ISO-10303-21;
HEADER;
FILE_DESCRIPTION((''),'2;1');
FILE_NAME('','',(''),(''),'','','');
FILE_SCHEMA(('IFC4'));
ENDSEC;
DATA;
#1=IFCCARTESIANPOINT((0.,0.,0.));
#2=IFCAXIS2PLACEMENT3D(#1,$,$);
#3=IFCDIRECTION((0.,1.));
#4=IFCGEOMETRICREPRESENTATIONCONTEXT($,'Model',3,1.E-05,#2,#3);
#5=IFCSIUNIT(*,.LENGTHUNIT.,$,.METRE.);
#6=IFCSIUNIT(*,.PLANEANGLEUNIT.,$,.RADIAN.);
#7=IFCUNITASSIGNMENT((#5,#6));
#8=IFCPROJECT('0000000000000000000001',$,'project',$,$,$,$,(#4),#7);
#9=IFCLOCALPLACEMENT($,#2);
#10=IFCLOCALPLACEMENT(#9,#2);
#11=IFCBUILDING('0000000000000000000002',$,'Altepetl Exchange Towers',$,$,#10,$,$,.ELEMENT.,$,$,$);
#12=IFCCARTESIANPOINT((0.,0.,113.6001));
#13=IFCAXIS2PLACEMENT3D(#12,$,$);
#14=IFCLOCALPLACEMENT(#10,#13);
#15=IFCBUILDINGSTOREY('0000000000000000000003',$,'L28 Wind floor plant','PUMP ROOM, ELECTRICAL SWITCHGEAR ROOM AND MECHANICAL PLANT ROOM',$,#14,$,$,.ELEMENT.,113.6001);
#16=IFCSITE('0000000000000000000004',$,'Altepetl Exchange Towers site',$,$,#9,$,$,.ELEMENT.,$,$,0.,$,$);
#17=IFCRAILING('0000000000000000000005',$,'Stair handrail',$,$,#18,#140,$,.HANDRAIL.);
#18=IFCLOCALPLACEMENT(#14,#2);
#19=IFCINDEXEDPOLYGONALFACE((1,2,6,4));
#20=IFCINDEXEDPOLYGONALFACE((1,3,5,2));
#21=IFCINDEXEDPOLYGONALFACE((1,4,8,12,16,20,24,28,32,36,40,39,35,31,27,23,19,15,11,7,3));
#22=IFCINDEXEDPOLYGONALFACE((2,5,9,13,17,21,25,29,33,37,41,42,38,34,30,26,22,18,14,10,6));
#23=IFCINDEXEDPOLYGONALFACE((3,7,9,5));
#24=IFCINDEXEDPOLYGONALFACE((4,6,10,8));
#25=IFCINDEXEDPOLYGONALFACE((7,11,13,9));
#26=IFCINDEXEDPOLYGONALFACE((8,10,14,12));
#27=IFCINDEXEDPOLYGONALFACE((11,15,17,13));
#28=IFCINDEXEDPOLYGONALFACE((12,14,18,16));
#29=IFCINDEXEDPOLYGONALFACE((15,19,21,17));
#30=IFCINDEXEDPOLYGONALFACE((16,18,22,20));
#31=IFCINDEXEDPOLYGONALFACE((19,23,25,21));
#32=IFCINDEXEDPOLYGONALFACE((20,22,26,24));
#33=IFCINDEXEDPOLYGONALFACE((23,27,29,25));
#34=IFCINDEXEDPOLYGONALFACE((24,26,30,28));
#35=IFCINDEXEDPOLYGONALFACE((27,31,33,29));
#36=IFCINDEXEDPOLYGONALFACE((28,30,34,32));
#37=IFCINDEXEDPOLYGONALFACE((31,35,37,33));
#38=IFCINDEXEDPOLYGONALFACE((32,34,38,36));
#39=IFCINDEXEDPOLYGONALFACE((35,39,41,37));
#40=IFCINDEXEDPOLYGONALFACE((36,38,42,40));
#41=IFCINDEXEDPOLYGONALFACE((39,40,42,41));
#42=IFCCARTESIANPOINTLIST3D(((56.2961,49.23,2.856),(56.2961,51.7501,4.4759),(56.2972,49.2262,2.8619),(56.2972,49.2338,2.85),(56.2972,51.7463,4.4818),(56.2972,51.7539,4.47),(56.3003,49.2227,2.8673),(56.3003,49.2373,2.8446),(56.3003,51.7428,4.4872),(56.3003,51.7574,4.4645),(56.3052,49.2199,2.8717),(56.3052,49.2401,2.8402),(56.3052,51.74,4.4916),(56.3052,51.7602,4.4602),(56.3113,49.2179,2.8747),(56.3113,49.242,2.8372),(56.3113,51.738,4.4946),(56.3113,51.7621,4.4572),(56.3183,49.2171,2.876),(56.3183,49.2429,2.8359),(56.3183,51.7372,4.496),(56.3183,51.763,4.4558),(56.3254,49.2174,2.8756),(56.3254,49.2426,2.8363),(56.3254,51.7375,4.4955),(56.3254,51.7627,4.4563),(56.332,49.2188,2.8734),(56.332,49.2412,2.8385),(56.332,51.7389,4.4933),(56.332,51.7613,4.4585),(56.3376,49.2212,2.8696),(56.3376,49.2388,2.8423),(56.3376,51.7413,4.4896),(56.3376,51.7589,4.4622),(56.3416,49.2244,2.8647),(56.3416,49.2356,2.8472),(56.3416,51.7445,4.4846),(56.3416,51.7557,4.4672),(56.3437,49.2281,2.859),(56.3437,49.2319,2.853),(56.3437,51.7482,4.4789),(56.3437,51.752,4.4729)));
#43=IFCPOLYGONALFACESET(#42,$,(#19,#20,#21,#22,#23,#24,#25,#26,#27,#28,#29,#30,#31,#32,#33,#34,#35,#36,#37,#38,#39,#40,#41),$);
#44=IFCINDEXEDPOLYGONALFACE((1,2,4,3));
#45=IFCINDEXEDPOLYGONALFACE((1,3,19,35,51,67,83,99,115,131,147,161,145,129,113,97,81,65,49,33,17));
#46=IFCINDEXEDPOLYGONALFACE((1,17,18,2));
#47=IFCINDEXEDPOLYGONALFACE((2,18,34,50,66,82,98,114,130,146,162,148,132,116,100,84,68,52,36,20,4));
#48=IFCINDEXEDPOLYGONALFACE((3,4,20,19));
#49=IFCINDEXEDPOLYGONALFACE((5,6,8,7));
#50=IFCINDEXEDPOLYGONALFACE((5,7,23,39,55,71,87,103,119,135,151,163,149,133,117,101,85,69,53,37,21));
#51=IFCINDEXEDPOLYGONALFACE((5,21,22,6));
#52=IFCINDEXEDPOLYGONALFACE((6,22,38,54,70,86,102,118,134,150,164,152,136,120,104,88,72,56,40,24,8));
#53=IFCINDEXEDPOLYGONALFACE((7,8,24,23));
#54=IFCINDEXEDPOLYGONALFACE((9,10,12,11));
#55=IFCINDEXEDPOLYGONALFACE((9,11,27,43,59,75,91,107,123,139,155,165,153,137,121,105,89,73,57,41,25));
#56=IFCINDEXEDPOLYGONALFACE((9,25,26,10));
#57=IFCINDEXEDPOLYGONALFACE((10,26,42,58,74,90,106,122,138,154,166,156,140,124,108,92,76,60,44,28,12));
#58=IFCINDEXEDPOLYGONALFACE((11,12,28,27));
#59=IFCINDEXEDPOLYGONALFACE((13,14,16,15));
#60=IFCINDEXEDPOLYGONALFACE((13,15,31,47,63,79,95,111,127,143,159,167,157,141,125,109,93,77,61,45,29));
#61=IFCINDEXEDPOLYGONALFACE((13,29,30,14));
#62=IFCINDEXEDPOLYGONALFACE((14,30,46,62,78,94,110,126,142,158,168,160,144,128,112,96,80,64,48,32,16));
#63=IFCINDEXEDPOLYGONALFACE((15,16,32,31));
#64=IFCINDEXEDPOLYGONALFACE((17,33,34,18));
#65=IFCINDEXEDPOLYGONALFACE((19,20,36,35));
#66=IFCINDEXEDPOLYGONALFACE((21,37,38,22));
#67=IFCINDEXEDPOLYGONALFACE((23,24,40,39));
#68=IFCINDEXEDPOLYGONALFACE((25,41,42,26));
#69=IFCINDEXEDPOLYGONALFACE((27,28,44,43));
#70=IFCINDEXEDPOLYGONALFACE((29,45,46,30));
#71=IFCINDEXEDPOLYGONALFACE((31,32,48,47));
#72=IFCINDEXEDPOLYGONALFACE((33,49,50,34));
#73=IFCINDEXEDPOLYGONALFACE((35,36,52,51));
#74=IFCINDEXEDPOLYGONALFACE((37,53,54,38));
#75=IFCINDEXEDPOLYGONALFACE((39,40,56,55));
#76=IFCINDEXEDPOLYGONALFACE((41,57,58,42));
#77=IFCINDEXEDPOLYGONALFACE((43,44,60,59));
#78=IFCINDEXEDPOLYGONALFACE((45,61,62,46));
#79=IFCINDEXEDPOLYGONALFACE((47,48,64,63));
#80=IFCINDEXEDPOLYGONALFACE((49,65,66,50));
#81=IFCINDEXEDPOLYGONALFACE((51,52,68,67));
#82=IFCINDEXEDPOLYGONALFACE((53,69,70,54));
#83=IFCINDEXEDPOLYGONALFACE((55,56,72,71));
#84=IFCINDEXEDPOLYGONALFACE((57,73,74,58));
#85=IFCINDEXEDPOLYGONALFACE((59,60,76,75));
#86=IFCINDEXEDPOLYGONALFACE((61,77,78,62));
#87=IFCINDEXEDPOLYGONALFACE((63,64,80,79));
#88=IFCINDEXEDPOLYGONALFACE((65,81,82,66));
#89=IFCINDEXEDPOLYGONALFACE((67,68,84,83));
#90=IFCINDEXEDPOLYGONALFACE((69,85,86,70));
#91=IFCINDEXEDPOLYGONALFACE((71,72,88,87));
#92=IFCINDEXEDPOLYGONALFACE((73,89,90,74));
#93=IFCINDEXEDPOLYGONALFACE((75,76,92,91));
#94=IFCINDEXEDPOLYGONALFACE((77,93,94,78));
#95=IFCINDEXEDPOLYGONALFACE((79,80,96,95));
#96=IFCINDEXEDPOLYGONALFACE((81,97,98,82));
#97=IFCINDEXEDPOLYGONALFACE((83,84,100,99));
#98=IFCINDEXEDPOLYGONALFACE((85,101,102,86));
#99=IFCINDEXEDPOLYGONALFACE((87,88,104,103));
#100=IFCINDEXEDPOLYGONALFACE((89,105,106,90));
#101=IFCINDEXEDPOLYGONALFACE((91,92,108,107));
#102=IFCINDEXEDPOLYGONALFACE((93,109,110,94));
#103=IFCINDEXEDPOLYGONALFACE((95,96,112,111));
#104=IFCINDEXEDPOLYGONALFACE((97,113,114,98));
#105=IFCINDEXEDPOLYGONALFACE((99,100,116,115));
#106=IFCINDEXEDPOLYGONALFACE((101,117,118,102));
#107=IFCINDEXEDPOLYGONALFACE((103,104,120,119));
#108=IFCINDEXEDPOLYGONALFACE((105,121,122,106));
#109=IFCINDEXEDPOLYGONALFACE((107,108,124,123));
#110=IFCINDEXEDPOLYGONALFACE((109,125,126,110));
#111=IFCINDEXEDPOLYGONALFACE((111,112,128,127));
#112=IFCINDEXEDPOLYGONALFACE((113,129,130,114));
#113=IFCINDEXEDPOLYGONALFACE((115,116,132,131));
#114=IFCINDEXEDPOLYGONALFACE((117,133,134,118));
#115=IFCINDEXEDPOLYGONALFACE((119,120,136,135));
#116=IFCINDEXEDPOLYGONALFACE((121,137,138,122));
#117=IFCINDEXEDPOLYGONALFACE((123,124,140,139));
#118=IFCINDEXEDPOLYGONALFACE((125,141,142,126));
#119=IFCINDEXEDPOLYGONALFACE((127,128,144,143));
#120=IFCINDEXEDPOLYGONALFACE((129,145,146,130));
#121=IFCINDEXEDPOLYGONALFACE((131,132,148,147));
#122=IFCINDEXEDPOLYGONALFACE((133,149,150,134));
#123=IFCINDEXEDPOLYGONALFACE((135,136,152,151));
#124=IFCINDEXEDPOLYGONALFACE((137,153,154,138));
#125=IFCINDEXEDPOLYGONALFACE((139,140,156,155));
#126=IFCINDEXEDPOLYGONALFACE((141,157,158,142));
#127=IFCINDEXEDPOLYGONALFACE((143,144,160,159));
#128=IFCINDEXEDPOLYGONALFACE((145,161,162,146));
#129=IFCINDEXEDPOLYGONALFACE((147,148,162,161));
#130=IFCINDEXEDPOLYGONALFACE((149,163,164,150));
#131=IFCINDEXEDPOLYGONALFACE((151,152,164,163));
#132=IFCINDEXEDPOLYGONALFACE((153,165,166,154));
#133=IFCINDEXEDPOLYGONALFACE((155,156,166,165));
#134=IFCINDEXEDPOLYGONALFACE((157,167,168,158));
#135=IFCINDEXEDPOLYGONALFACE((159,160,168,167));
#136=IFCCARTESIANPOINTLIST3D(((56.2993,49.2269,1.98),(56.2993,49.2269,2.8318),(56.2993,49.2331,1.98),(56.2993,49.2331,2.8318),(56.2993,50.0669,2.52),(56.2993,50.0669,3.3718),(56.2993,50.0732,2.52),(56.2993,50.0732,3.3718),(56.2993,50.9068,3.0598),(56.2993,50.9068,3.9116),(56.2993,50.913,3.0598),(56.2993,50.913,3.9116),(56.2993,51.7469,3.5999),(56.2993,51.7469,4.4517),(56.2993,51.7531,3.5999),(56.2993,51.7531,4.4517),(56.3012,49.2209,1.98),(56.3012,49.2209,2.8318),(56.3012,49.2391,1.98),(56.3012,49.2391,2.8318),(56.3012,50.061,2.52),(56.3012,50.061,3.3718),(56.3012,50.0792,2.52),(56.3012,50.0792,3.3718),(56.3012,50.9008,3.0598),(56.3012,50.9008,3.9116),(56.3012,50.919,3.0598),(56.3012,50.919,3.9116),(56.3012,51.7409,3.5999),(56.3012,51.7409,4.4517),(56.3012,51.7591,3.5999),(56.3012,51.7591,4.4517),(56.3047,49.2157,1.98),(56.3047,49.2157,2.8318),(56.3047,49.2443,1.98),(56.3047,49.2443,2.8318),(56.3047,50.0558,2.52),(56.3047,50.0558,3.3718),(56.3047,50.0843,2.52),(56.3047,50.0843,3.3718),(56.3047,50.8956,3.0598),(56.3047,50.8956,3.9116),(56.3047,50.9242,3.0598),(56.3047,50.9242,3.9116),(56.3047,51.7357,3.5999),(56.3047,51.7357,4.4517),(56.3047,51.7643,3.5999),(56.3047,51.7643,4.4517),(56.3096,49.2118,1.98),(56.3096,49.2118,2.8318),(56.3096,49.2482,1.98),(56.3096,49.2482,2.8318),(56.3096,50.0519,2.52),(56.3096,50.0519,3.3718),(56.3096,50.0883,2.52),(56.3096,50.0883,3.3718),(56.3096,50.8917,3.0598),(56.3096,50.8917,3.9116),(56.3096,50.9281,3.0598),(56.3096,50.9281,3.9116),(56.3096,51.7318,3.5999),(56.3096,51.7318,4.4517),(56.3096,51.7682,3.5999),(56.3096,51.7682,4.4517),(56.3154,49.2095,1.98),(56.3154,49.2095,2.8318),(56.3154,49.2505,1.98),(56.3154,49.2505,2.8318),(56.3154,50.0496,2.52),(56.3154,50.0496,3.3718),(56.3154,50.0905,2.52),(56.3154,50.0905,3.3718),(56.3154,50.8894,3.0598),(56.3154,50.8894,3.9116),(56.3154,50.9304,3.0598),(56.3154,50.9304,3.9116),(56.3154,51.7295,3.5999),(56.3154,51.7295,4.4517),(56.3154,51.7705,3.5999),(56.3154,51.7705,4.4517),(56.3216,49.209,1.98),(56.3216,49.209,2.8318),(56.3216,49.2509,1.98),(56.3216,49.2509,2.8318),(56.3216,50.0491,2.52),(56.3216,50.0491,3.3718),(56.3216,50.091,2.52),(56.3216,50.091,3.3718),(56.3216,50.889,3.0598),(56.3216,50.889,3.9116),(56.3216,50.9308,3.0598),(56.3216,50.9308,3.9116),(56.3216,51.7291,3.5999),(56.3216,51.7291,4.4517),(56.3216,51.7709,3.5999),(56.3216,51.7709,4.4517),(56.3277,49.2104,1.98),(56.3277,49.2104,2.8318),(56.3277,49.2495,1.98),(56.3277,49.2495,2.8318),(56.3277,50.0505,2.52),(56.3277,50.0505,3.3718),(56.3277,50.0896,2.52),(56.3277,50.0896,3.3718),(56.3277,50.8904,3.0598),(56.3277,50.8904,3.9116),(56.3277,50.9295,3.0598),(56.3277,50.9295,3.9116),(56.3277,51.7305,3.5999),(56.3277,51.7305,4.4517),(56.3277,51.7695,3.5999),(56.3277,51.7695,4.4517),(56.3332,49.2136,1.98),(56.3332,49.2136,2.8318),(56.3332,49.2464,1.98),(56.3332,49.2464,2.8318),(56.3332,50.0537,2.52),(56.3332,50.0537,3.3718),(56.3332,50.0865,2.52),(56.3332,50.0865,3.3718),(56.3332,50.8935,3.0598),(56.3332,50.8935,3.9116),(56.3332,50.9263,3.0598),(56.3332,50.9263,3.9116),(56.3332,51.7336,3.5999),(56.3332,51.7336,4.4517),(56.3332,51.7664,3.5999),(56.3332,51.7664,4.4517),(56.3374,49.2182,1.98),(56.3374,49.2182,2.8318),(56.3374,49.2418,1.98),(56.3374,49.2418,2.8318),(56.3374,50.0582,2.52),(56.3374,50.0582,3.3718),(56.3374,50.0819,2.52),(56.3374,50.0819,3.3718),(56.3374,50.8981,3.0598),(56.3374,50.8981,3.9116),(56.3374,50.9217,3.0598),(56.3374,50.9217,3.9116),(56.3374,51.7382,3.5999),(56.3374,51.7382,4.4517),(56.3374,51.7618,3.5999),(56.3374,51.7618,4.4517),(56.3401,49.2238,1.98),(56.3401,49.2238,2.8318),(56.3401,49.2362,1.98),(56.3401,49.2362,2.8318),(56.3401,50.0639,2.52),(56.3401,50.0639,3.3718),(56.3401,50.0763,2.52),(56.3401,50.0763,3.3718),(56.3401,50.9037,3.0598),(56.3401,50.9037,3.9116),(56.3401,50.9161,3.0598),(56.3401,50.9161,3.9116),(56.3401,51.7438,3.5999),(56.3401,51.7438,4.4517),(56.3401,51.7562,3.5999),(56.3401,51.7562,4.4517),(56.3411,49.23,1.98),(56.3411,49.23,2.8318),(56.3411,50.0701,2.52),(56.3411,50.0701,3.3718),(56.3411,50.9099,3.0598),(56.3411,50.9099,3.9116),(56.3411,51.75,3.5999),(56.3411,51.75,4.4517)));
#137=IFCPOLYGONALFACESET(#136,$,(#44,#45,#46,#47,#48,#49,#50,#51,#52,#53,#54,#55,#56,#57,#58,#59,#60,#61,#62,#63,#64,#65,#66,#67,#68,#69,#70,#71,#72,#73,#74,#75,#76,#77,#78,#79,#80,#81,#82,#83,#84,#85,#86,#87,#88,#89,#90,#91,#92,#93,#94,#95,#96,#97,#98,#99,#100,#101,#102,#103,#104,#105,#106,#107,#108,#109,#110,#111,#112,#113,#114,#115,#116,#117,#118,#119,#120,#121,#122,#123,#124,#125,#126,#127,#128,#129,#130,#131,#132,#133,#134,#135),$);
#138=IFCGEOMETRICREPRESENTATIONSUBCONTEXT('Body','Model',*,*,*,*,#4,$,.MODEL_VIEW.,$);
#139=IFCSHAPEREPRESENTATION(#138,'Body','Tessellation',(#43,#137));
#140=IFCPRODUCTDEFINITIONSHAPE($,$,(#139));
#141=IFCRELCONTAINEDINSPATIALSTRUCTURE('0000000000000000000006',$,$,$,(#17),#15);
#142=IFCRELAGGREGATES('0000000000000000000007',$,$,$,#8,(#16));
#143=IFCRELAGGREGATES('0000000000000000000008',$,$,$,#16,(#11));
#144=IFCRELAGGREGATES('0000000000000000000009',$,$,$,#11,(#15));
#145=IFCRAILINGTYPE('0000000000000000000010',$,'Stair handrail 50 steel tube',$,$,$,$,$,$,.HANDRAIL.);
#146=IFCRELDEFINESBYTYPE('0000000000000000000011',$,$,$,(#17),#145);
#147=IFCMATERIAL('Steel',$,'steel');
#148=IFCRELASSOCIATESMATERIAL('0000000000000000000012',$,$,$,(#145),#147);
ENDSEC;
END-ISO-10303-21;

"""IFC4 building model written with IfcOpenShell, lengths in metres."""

from ifc_helpers import new_model, si_unit, direction, frame, origin, origin_2d, place, context, subcontext, project, spatial, circle, extrude, source, transform, mapped, material, type_object, element, save


model = new_model("IFC4")

# Units and contexts
model_context = context("Model", 3, precision=1e-05, world=origin(), true_north=direction((0.0, 1.0)))
body_context = subcontext(model_context, "Body", "Model", "MODEL_VIEW")
ifc_project = project(units=[si_unit("LENGTHUNIT", "METRE"), si_unit("PLANEANGLEUNIT", "RADIAN")], contexts=[model_context])

# Site, building, storey
site_placement = place(None, origin())
site = spatial("IfcSite", under=ifc_project, at=site_placement, Name="Altepetl Exchange Towers site", CompositionType="ELEMENT", RefElevation=0.0)
building_placement = place(site_placement, origin())
building = spatial("IfcBuilding", under=site, at=building_placement, Name="Altepetl Exchange Towers", CompositionType="ELEMENT")
storey_placement = place(building_placement, frame((0.0, 0.0, 113.6001)))
storey = spatial("IfcBuildingStorey", under=building, at=storey_placement, Name="L28 Wind floor plant", Description="PUMP ROOM, ELECTRICAL SWITCHGEAR ROOM AND MECHANICAL PLANT ROOM", CompositionType="ELEMENT", Elevation=113.6001)

# Railing
ifc_material_1 = material(Name="Steel", Category="steel")
railing_type = type_object("IfcRailingType", Name="Stair handrail 50 steel tube", PredefinedType="HANDRAIL", material=ifc_material_1)
shared_shape = source(origin(), body_context, "Body", "SweptSolid", [
    extrude(circle(Radius=0.021, at=origin_2d()), origin(), (0.0, 0.0, 1.0), 0.8518),
])
railing_1_placement = place(storey_placement, frame((56.3201, 49.23, 1.98)))
element("IfcRailing", 1, at=railing_1_placement, inside=storey, type_object=railing_type, Name="Stair handrail", PredefinedType="HANDRAIL", context=body_context, shape_type="SweptSolid", body=[
    extrude(circle(Radius=0.0239, at=origin_2d()), frame((0.0, 0.0, 0.876), z_axis=(0.0, 0.8412, 0.540725), x_axis=(-1.0, 0.0, 0.0)), (0.0, 0.0, 1.0), 2.9958),
    mapped(shared_shape, transform((0.0, 0.0, 0.0))),
    mapped(shared_shape, transform((0.0, 0.8401, 0.54))),
    mapped(shared_shape, transform((0.0, 1.6799, 1.0798))),
    mapped(shared_shape, transform((0.0, 2.52, 1.6199))),
])

save(model, "model.ifc")
